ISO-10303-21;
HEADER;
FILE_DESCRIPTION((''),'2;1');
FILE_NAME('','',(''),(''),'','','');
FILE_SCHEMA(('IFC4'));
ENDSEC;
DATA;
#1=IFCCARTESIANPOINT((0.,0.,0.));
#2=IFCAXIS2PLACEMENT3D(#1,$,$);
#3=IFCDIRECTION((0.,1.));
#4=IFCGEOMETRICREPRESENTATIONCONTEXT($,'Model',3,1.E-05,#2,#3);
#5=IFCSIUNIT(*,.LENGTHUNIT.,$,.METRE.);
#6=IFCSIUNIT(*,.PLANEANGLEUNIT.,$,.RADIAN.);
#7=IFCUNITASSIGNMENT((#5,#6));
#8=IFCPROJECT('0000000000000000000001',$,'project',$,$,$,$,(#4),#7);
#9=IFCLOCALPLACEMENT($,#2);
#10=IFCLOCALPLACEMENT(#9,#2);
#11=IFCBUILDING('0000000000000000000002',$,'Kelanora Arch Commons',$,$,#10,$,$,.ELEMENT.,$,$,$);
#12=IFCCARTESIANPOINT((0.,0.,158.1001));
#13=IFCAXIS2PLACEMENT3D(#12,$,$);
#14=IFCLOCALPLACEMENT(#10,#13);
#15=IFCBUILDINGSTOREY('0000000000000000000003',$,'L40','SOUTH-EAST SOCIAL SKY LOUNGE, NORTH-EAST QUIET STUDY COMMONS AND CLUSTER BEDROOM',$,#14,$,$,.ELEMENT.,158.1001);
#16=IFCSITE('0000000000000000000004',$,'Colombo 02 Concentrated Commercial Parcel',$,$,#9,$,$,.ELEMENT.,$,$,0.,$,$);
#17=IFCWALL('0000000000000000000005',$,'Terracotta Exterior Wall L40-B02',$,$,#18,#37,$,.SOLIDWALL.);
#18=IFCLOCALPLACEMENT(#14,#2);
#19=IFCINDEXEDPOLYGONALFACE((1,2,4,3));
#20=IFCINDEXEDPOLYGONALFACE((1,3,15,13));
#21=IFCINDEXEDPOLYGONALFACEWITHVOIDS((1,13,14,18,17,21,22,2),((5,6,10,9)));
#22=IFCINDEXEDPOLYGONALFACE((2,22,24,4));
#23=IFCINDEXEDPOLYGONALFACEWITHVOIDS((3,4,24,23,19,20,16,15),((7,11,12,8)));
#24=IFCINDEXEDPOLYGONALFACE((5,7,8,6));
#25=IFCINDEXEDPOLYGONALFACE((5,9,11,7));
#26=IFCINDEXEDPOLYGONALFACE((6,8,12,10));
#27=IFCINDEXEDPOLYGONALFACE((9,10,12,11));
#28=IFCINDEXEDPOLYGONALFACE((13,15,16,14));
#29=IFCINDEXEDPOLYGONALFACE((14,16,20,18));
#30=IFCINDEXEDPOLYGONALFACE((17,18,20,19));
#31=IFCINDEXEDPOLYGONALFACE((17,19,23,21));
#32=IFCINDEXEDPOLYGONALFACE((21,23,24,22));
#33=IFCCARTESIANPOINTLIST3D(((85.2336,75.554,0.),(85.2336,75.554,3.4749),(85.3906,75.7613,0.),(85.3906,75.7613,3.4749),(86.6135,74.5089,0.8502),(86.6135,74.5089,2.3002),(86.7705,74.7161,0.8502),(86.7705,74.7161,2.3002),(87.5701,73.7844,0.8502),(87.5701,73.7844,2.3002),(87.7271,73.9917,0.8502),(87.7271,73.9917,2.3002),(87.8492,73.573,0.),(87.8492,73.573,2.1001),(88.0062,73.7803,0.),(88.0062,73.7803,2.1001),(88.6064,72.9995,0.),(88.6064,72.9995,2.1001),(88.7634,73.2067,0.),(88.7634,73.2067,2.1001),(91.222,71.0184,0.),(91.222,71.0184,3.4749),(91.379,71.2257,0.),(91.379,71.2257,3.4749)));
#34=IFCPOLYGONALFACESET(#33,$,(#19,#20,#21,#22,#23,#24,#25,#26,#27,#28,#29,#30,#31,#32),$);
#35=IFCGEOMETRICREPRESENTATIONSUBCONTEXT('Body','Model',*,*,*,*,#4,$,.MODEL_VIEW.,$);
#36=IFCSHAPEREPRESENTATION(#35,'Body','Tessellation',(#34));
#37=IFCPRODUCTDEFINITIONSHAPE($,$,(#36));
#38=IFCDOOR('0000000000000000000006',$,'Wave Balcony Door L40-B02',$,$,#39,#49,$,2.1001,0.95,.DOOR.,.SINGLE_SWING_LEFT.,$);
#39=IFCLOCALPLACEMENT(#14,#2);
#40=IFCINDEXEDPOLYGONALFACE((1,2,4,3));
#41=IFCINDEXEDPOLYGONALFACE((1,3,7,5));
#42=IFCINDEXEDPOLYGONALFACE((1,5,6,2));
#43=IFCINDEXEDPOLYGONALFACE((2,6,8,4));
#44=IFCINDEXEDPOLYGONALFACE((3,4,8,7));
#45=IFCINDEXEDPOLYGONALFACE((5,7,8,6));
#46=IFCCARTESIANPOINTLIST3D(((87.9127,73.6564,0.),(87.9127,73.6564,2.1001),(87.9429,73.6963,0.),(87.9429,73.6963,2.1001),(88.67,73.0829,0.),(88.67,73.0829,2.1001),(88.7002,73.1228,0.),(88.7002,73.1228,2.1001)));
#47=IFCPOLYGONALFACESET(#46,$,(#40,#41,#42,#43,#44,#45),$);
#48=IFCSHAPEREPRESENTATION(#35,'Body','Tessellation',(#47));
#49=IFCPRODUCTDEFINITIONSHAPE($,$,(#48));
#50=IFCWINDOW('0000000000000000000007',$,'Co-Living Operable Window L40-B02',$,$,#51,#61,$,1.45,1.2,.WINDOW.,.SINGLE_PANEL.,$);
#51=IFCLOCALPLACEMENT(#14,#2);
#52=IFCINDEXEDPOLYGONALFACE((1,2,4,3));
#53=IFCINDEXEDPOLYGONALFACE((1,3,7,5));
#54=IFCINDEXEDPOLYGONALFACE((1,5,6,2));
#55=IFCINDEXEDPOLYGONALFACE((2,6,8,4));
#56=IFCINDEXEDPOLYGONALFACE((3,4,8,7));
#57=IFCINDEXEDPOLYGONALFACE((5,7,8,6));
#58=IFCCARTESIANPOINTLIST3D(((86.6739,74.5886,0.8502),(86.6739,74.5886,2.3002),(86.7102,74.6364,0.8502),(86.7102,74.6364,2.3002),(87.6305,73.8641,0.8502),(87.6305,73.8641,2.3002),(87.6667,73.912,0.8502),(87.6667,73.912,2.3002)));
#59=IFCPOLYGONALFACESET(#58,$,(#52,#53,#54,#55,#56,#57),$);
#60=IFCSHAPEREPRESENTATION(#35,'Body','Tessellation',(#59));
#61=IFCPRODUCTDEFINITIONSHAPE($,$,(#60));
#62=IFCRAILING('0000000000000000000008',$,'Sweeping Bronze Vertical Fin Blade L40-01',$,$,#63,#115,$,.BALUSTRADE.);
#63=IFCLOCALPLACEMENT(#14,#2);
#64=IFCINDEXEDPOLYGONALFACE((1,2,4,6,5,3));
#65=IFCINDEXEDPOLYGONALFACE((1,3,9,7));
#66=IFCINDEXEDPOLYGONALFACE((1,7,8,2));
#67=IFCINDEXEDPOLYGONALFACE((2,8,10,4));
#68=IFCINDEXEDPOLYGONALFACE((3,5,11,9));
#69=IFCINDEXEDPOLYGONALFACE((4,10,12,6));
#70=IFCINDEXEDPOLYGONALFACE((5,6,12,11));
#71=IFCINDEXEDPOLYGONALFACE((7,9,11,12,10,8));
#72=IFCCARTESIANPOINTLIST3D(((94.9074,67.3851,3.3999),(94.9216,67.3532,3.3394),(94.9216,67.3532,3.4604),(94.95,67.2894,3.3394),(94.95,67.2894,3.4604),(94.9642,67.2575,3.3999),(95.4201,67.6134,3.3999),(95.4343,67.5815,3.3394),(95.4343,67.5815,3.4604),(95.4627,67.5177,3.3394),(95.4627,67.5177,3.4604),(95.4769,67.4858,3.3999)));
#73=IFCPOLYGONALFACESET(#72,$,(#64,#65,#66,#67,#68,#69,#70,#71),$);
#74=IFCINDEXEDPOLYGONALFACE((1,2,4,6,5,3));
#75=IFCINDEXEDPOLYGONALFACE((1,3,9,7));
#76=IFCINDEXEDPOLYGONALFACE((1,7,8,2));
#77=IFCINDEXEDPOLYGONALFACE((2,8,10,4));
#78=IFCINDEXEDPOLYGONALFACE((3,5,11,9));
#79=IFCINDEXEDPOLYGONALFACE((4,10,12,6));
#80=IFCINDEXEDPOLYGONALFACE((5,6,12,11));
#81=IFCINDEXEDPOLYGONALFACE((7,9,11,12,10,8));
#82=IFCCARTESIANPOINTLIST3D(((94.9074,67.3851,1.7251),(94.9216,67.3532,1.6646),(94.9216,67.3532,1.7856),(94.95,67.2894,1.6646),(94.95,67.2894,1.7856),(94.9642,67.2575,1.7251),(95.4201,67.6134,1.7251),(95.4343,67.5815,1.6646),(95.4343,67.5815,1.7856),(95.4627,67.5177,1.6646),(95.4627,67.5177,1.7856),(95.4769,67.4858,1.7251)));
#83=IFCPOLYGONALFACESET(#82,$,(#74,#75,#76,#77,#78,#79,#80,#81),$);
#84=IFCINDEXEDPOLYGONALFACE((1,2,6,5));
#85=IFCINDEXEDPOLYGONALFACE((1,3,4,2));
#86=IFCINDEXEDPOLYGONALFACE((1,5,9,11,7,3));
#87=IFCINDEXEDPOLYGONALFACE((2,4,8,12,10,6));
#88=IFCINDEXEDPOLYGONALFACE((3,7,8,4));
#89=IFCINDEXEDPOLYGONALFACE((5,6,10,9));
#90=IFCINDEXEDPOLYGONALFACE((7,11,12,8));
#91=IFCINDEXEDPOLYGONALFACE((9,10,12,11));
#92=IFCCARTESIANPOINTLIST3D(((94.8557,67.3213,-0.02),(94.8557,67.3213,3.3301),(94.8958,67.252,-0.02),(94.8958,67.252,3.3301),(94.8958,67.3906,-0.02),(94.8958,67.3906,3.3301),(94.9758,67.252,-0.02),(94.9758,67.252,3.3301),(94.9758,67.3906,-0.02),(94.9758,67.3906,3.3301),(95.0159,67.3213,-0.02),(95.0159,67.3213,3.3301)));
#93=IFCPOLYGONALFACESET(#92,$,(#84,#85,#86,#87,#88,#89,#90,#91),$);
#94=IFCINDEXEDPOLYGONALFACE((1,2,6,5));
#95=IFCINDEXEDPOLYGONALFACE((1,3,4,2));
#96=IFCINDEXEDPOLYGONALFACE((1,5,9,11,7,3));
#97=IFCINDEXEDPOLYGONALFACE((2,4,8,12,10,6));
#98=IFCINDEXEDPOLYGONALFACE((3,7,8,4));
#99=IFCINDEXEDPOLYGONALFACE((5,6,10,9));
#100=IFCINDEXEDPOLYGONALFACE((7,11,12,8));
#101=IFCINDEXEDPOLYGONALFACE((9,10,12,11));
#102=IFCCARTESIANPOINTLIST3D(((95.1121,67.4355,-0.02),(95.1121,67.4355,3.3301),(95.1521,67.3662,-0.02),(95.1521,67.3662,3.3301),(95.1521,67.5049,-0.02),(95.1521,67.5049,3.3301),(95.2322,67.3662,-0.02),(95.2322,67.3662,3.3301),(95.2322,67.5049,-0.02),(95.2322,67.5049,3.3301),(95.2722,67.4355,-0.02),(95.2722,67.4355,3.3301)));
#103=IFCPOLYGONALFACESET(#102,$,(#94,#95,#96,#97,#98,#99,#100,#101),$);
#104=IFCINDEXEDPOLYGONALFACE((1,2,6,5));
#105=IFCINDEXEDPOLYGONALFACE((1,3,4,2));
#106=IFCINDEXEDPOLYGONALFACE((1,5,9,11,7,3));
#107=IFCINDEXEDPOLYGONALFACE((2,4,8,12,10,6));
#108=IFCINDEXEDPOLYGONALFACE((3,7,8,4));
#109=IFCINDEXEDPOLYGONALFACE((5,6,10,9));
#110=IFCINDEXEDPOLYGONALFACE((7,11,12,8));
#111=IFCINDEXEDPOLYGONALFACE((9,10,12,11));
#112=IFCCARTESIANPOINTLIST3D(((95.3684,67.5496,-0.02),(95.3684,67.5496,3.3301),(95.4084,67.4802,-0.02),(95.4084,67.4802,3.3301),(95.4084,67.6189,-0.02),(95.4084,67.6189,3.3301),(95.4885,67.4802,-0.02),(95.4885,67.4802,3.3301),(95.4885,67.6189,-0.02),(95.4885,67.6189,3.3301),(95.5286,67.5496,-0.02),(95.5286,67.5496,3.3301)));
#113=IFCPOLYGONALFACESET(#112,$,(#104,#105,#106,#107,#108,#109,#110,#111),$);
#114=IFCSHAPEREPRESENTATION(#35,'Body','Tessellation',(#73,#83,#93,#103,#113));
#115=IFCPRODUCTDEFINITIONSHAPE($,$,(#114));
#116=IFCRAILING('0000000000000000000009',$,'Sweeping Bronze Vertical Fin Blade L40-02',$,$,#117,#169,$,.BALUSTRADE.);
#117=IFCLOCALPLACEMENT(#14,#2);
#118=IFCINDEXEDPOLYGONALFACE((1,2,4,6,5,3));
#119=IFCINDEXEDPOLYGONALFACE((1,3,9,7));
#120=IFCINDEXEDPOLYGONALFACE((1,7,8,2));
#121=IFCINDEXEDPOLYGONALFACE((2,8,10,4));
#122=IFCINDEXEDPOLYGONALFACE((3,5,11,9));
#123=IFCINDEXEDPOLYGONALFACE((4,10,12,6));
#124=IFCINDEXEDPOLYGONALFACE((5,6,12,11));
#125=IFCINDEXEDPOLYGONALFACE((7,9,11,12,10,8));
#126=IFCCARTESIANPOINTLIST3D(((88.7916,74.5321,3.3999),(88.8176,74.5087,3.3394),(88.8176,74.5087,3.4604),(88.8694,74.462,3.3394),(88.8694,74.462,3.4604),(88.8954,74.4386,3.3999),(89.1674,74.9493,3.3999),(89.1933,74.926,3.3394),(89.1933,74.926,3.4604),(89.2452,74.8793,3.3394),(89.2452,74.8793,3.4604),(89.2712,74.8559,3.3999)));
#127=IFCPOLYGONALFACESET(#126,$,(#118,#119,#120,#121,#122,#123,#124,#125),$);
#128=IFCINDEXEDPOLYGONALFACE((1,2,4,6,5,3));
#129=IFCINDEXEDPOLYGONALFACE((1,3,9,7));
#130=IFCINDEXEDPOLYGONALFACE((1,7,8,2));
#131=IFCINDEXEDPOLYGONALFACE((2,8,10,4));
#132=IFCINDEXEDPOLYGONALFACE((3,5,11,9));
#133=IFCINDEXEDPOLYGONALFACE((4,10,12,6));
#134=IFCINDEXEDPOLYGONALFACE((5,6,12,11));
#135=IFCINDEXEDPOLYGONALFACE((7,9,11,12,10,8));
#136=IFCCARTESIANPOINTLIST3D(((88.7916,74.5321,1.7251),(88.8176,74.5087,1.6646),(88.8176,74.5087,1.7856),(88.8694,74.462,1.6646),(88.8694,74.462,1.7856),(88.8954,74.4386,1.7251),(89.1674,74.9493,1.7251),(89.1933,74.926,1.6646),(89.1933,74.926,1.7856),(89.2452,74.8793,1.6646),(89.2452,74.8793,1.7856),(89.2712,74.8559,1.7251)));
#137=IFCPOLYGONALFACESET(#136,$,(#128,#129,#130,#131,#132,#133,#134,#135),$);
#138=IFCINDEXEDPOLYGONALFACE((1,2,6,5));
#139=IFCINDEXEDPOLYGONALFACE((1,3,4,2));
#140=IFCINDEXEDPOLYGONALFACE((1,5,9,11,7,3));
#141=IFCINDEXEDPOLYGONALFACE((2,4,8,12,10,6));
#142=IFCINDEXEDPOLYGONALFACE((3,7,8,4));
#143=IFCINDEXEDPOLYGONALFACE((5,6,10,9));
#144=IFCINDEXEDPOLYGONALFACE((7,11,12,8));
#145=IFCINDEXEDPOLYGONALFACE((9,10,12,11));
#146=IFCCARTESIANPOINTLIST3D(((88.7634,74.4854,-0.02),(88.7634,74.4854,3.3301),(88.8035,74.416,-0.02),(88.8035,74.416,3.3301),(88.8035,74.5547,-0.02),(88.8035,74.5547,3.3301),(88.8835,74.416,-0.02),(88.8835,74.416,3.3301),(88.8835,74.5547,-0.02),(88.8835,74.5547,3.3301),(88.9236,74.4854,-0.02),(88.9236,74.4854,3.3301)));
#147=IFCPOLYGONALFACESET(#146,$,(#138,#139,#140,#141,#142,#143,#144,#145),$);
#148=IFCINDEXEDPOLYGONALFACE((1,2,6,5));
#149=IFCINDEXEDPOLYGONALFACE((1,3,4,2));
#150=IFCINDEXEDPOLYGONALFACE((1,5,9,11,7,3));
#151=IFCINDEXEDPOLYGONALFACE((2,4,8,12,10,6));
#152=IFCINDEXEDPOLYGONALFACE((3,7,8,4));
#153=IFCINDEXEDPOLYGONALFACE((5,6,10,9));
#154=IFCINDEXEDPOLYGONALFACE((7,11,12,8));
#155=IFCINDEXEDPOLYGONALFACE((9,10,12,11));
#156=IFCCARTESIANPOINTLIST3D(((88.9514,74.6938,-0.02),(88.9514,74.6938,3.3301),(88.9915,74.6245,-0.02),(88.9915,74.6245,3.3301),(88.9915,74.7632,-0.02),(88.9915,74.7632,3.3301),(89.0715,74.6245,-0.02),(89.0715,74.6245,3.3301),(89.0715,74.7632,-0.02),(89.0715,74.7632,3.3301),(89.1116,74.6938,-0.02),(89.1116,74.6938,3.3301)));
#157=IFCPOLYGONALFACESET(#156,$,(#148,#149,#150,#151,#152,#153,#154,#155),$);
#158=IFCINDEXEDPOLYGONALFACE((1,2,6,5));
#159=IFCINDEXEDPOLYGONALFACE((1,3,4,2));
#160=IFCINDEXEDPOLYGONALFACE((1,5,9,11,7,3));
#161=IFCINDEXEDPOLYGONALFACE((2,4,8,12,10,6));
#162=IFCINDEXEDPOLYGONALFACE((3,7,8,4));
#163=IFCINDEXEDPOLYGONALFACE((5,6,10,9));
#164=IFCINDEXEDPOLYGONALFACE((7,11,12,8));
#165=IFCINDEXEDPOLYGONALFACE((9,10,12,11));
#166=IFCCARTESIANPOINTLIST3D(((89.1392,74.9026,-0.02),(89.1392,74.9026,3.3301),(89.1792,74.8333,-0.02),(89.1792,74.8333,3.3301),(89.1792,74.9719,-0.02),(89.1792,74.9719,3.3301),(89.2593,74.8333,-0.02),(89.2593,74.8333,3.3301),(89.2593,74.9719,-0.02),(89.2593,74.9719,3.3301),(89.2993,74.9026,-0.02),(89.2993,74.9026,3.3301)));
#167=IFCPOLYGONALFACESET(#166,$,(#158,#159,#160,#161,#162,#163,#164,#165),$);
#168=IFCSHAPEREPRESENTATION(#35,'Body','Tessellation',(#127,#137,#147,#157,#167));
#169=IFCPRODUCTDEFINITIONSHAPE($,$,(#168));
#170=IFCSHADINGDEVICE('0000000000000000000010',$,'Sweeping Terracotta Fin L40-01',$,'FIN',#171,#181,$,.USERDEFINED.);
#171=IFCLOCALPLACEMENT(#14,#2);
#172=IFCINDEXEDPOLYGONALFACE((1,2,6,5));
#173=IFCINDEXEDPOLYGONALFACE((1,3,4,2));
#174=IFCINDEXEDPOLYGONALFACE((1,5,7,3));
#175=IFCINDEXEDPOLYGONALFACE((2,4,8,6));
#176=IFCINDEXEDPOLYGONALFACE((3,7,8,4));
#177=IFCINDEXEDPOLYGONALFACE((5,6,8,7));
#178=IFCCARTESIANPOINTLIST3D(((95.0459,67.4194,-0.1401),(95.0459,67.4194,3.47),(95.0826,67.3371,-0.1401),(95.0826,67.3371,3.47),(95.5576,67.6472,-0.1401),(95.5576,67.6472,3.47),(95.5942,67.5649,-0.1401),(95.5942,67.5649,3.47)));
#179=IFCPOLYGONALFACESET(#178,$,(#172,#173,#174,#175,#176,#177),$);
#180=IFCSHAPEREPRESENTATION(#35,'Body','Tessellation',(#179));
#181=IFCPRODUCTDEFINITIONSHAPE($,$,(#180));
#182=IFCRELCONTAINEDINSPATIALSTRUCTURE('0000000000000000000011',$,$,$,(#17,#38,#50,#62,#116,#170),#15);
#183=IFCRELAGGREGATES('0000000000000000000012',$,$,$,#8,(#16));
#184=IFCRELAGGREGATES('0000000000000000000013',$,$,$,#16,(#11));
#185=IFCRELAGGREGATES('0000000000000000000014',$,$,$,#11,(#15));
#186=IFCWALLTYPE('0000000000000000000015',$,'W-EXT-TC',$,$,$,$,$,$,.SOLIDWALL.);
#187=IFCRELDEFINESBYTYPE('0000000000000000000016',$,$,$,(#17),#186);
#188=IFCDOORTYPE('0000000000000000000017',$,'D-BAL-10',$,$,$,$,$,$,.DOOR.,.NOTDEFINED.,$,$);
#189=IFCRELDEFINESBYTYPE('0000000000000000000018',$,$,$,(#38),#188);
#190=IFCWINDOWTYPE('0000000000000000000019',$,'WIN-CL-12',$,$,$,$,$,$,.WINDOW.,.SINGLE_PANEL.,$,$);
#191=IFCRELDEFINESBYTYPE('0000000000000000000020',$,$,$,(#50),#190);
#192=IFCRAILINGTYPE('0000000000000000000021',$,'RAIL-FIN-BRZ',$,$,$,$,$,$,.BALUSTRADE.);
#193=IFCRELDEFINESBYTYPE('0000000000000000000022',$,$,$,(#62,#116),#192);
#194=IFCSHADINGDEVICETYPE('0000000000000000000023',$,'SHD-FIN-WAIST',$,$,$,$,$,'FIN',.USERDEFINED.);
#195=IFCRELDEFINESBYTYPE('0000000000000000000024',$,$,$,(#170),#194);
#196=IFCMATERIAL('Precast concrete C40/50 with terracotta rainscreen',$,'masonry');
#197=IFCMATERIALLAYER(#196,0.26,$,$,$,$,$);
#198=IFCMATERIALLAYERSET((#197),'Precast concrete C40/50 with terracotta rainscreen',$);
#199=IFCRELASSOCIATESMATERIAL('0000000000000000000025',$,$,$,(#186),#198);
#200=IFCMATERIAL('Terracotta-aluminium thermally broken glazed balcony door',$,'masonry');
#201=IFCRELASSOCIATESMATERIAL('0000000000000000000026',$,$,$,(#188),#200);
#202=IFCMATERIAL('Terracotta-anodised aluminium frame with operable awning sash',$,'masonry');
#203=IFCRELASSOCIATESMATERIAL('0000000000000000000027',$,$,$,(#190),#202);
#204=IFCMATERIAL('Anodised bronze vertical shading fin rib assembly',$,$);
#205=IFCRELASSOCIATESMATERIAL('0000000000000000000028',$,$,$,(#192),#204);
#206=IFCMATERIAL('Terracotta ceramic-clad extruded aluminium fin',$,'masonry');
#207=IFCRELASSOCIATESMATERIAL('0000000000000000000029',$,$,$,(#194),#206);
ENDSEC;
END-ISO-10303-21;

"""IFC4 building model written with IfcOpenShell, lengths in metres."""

from ifc_helpers import new_model, si_unit, direction, frame, frame_2d, origin, origin_2d, place, context, subcontext, project, spatial, polyline, rectangle, outline, extrude, source, transform, mapped, material, layer, layer_set, type_object, element, fill, save


model = new_model("IFC4")

# Units and contexts
model_context = context("Model", 3, precision=1e-05, world=origin(), true_north=direction((0.0, 1.0)))
body_context = subcontext(model_context, "Body", "Model", "MODEL_VIEW")
ifc_project = project(units=[si_unit("LENGTHUNIT", "METRE"), si_unit("PLANEANGLEUNIT", "RADIAN")], contexts=[model_context])

# Site, building, storey
site_placement = place(None, origin())
site = spatial("IfcSite", under=ifc_project, at=site_placement, Name="Colombo 02 Concentrated Commercial Parcel", CompositionType="ELEMENT", RefElevation=0.0)
building_placement = place(site_placement, origin())
building = spatial("IfcBuilding", under=site, at=building_placement, Name="Kelanora Arch Commons", CompositionType="ELEMENT")
storey_placement = place(building_placement, frame((0.0, 0.0, 158.1001)))
storey = spatial("IfcBuildingStorey", under=building, at=storey_placement, Name="L40", Description="SOUTH-EAST SOCIAL SKY LOUNGE, NORTH-EAST QUIET STUDY COMMONS AND CLUSTER BEDROOM", CompositionType="ELEMENT", Elevation=158.1001)

# Wall, openings, door, window
ifc_material_1 = material(Name="Precast concrete C40/50 with terracotta rainscreen", Category="masonry")
ifc_layer_1 = layer(ifc_material_1, 0.26)
ifc_layer_set_1 = layer_set([ifc_layer_1], Name="Precast concrete C40/50 with terracotta rainscreen")
wall_type = type_object("IfcWallType", Name="W-EXT-TC", PredefinedType="SOLIDWALL", material=ifc_layer_set_1)
ifc_material_2 = material(Name="Terracotta-aluminium thermally broken glazed balcony door", Category="masonry")
door_type = type_object("IfcDoorType", Name="D-BAL-10", OperationType="NOTDEFINED", PredefinedType="DOOR", material=ifc_material_2)
ifc_material_3 = material(Name="Terracotta-anodised aluminium frame with operable awning sash", Category="masonry")
window_type = type_object("IfcWindowType", Name="WIN-CL-12", PartitioningType="SINGLE_PANEL", PredefinedType="WINDOW", material=ifc_material_3)
wall_1_placement = place(storey_placement, frame((91.3005, 71.1221, 0.0), z_axis=(0.0, 0.0, 1.0), x_axis=(-0.797164, 0.603763, 0.0)))
wall_1 = element("IfcWall", 1, at=wall_1_placement, inside=storey, type_object=wall_type, Name="Terracotta Exterior Wall L40-B02", PredefinedType="SOLIDWALL", context=body_context, shape_type="SweptSolid", body=[
    extrude(rectangle(XDim=7.5122, YDim=0.26, at=frame_2d((3.7561, 0.0))), origin(), (0.0, 0.0, 1.0), 3.4749),
])
opening_1_placement = place(wall_1_placement, frame((3.281, 0.0, 0.0)))
opening_1 = element("IfcOpeningElement", 2, at=opening_1_placement, cuts=wall_1, PredefinedType="OPENING", context=body_context, shape_type="SweptSolid", body=[
    extrude(rectangle(XDim=0.95, YDim=2.1001, at=frame_2d((0.4751, 1.05))), frame((0.0, 0.1401, 0.0), z_axis=(0.0, -1.0, 0.0), x_axis=(1.0, 0.0, 0.0)), (0.0, 0.0, 1.0), 0.28),
])
opening_2_placement = place(wall_1_placement, frame((4.5811, 0.0, 0.8501)))
opening_2 = element("IfcOpeningElement", 3, at=opening_2_placement, cuts=wall_1, PredefinedType="OPENING", context=body_context, shape_type="SweptSolid", body=[
    extrude(rectangle(XDim=1.2, YDim=1.45, at=frame_2d((0.6001, 0.7251))), frame((0.0, 0.1401, 0.0), z_axis=(0.0, -1.0, 0.0), x_axis=(1.0, 0.0, 0.0)), (0.0, 0.0, 1.0), 0.28),
])
door_1_placement = place(opening_1_placement, frame((0.95, 0.0, 0.0), z_axis=(0.0, 0.0, 1.0), x_axis=(-1.0, 0.0, 0.0)))
door_1 = element("IfcDoor", 4, at=door_1_placement, inside=storey, type_object=door_type, Name="Wave Balcony Door L40-B02", OperationType="SINGLE_SWING_LEFT", OverallHeight=2.1001, OverallWidth=0.95, PredefinedType="DOOR", context=body_context, shape_type="SweptSolid", body=[
    extrude(rectangle(XDim=0.95, YDim=2.1001, at=frame_2d((0.4751, 1.05))), frame((0.0, 0.0249, 0.0), z_axis=(0.0, -1.0, 0.0), x_axis=(1.0, 0.0, 0.0)), (0.0, 0.0, 1.0), 0.05),
])
fill(opening_1, door_1)
window_1_placement = place(opening_2_placement, origin())
window_1 = element("IfcWindow", 5, at=window_1_placement, inside=storey, type_object=window_type, Name="Co-Living Operable Window L40-B02", OverallHeight=1.45, OverallWidth=1.2, PartitioningType="SINGLE_PANEL", PredefinedType="WINDOW", context=body_context, shape_type="SweptSolid", body=[
    extrude(rectangle(XDim=1.2, YDim=1.45, at=frame_2d((0.6001, 0.7251))), frame((0.0, 0.03, 0.0), z_axis=(0.0, -1.0, 0.0), x_axis=(1.0, 0.0, 0.0)), (0.0, 0.0, 1.0), 0.0601),
])
fill(opening_2, window_1)

# Railings
ifc_material_4 = material(Name="Anodised bronze vertical shading fin rib assembly")
railing_type = type_object("IfcRailingType", Name="RAIL-FIN-BRZ", PredefinedType="BALUSTRADE", material=ifc_material_4)
railing_1_placement = place(storey_placement, frame((94.9358, 67.3213, -0.02)))
element("IfcRailing", 6, at=railing_1_placement, inside=storey, type_object=railing_type, Name="Sweeping Bronze Vertical Fin Blade L40-01", PredefinedType="BALUSTRADE", context=body_context, shape_type="SweptSolid", body=[
    extrude(outline(polyline([(0.0698, 0.0), (0.0349, 0.0605), (-0.0349, 0.0605), (-0.0698, 0.0), (-0.0349, -0.0605), (0.0349, -0.0605), (0.0698, 0.0)])), frame((0.0, 0.0, 3.4199), z_axis=(0.913542, 0.406744, 0.0), x_axis=(-0.406744, 0.913542, 0.0)), (0.0, 0.0, 1.0), 0.5613),
    extrude(outline(polyline([(0.0698, 0.0), (0.0349, 0.0605), (-0.0349, 0.0605), (-0.0698, 0.0), (-0.0349, -0.0605), (0.0349, -0.0605), (0.0698, 0.0)])), frame((0.0, 0.0, 1.7451), z_axis=(0.913542, 0.406744, 0.0), x_axis=(-0.406744, 0.913542, 0.0)), (0.0, 0.0, 1.0), 0.5613),
    extrude(outline(polyline([(0.0801, 0.0), (0.04, 0.0693), (-0.04, 0.0693), (-0.0801, 0.0), (-0.04, -0.0693), (0.04, -0.0693), (0.0801, 0.0)])), origin(), (0.0, 0.0, 1.0), 3.3501),
    extrude(outline(polyline([(0.0801, 0.0), (0.04, 0.0693), (-0.04, 0.0693), (-0.0801, 0.0), (-0.04, -0.0693), (0.04, -0.0693), (0.0801, 0.0)])), frame((0.2563, 0.1143, 0.0)), (0.0, 0.0, 1.0), 3.3501),
    extrude(outline(polyline([(0.0801, 0.0), (0.04, 0.0693), (-0.04, 0.0693), (-0.0801, 0.0), (-0.04, -0.0693), (0.04, -0.0693), (0.0801, 0.0)])), frame((0.5127, 0.2283, 0.0)), (0.0, 0.0, 1.0), 3.3501),
])
railing_2_placement = place(storey_placement, frame((88.8435, 74.4854, -0.02)))
element("IfcRailing", 7, at=railing_2_placement, inside=storey, type_object=railing_type, Name="Sweeping Bronze Vertical Fin Blade L40-02", PredefinedType="BALUSTRADE", context=body_context, shape_type="SweptSolid", body=[
    extrude(outline(polyline([(0.0698, 0.0), (0.0349, 0.0605), (-0.0349, 0.0605), (-0.0698, 0.0), (-0.0349, -0.0605), (0.0349, -0.0605), (0.0698, 0.0)])), frame((0.0, 0.0, 3.4199), z_axis=(0.669181, 0.7431, 0.0), x_axis=(-0.7431, 0.669181, 0.0)), (0.0, 0.0, 1.0), 0.5615),
    extrude(outline(polyline([(0.0698, 0.0), (0.0349, 0.0605), (-0.0349, 0.0605), (-0.0698, 0.0), (-0.0349, -0.0605), (0.0349, -0.0605), (0.0698, 0.0)])), frame((0.0, 0.0, 1.7451), z_axis=(0.669181, 0.7431, 0.0), x_axis=(-0.7431, 0.669181, 0.0)), (0.0, 0.0, 1.0), 0.5615),
    extrude(outline(polyline([(0.0801, 0.0), (0.04, 0.0693), (-0.04, 0.0693), (-0.0801, 0.0), (-0.04, -0.0693), (0.04, -0.0693), (0.0801, 0.0)])), origin(), (0.0, 0.0, 1.0), 3.3501),
    extrude(outline(polyline([(0.0801, 0.0), (0.04, 0.0693), (-0.04, 0.0693), (-0.0801, 0.0), (-0.04, -0.0693), (0.04, -0.0693), (0.0801, 0.0)])), frame((0.188, 0.2085, 0.0)), (0.0, 0.0, 1.0), 3.3501),
    extrude(outline(polyline([(0.0801, 0.0), (0.04, 0.0693), (-0.04, 0.0693), (-0.0801, 0.0), (-0.04, -0.0693), (0.04, -0.0693), (0.0801, 0.0)])), frame((0.3757, 0.4172, 0.0)), (0.0, 0.0, 1.0), 3.3501),
])

# Shading device
ifc_material_5 = material(Name="Terracotta ceramic-clad extruded aluminium fin", Category="masonry")
shading_device_type = type_object("IfcShadingDeviceType", Name="SHD-FIN-WAIST", ElementType="FIN", PredefinedType="USERDEFINED", material=ifc_material_5)
shared_shape_1 = source(origin(), body_context, "Body", "SweptSolid", [
    extrude(rectangle(XDim=0.5601, YDim=0.0901, at=origin_2d()), origin(), (0.0, 0.0, 1.0), 3.6101),
])
for number, where, z_axis, x_axis, name in (
    (8, (95.3201, 67.4922, -0.1401), (0.0, 0.0, 1.0), (0.913545, 0.406737, 0.0), "Sweeping Terracotta Fin L40-01"),
):
    element("IfcShadingDevice", number, at=place(storey_placement, frame(where, z_axis=z_axis, x_axis=x_axis)), inside=storey, type_object=shading_device_type, Name=name, ObjectType="FIN", PredefinedType="USERDEFINED", context=body_context, shape_type="MappedRepresentation", body=[
        mapped(shared_shape_1, transform((0.0, 0.0, 0.0), scale=1.0)),
    ])

save(model, "model.ifc")
